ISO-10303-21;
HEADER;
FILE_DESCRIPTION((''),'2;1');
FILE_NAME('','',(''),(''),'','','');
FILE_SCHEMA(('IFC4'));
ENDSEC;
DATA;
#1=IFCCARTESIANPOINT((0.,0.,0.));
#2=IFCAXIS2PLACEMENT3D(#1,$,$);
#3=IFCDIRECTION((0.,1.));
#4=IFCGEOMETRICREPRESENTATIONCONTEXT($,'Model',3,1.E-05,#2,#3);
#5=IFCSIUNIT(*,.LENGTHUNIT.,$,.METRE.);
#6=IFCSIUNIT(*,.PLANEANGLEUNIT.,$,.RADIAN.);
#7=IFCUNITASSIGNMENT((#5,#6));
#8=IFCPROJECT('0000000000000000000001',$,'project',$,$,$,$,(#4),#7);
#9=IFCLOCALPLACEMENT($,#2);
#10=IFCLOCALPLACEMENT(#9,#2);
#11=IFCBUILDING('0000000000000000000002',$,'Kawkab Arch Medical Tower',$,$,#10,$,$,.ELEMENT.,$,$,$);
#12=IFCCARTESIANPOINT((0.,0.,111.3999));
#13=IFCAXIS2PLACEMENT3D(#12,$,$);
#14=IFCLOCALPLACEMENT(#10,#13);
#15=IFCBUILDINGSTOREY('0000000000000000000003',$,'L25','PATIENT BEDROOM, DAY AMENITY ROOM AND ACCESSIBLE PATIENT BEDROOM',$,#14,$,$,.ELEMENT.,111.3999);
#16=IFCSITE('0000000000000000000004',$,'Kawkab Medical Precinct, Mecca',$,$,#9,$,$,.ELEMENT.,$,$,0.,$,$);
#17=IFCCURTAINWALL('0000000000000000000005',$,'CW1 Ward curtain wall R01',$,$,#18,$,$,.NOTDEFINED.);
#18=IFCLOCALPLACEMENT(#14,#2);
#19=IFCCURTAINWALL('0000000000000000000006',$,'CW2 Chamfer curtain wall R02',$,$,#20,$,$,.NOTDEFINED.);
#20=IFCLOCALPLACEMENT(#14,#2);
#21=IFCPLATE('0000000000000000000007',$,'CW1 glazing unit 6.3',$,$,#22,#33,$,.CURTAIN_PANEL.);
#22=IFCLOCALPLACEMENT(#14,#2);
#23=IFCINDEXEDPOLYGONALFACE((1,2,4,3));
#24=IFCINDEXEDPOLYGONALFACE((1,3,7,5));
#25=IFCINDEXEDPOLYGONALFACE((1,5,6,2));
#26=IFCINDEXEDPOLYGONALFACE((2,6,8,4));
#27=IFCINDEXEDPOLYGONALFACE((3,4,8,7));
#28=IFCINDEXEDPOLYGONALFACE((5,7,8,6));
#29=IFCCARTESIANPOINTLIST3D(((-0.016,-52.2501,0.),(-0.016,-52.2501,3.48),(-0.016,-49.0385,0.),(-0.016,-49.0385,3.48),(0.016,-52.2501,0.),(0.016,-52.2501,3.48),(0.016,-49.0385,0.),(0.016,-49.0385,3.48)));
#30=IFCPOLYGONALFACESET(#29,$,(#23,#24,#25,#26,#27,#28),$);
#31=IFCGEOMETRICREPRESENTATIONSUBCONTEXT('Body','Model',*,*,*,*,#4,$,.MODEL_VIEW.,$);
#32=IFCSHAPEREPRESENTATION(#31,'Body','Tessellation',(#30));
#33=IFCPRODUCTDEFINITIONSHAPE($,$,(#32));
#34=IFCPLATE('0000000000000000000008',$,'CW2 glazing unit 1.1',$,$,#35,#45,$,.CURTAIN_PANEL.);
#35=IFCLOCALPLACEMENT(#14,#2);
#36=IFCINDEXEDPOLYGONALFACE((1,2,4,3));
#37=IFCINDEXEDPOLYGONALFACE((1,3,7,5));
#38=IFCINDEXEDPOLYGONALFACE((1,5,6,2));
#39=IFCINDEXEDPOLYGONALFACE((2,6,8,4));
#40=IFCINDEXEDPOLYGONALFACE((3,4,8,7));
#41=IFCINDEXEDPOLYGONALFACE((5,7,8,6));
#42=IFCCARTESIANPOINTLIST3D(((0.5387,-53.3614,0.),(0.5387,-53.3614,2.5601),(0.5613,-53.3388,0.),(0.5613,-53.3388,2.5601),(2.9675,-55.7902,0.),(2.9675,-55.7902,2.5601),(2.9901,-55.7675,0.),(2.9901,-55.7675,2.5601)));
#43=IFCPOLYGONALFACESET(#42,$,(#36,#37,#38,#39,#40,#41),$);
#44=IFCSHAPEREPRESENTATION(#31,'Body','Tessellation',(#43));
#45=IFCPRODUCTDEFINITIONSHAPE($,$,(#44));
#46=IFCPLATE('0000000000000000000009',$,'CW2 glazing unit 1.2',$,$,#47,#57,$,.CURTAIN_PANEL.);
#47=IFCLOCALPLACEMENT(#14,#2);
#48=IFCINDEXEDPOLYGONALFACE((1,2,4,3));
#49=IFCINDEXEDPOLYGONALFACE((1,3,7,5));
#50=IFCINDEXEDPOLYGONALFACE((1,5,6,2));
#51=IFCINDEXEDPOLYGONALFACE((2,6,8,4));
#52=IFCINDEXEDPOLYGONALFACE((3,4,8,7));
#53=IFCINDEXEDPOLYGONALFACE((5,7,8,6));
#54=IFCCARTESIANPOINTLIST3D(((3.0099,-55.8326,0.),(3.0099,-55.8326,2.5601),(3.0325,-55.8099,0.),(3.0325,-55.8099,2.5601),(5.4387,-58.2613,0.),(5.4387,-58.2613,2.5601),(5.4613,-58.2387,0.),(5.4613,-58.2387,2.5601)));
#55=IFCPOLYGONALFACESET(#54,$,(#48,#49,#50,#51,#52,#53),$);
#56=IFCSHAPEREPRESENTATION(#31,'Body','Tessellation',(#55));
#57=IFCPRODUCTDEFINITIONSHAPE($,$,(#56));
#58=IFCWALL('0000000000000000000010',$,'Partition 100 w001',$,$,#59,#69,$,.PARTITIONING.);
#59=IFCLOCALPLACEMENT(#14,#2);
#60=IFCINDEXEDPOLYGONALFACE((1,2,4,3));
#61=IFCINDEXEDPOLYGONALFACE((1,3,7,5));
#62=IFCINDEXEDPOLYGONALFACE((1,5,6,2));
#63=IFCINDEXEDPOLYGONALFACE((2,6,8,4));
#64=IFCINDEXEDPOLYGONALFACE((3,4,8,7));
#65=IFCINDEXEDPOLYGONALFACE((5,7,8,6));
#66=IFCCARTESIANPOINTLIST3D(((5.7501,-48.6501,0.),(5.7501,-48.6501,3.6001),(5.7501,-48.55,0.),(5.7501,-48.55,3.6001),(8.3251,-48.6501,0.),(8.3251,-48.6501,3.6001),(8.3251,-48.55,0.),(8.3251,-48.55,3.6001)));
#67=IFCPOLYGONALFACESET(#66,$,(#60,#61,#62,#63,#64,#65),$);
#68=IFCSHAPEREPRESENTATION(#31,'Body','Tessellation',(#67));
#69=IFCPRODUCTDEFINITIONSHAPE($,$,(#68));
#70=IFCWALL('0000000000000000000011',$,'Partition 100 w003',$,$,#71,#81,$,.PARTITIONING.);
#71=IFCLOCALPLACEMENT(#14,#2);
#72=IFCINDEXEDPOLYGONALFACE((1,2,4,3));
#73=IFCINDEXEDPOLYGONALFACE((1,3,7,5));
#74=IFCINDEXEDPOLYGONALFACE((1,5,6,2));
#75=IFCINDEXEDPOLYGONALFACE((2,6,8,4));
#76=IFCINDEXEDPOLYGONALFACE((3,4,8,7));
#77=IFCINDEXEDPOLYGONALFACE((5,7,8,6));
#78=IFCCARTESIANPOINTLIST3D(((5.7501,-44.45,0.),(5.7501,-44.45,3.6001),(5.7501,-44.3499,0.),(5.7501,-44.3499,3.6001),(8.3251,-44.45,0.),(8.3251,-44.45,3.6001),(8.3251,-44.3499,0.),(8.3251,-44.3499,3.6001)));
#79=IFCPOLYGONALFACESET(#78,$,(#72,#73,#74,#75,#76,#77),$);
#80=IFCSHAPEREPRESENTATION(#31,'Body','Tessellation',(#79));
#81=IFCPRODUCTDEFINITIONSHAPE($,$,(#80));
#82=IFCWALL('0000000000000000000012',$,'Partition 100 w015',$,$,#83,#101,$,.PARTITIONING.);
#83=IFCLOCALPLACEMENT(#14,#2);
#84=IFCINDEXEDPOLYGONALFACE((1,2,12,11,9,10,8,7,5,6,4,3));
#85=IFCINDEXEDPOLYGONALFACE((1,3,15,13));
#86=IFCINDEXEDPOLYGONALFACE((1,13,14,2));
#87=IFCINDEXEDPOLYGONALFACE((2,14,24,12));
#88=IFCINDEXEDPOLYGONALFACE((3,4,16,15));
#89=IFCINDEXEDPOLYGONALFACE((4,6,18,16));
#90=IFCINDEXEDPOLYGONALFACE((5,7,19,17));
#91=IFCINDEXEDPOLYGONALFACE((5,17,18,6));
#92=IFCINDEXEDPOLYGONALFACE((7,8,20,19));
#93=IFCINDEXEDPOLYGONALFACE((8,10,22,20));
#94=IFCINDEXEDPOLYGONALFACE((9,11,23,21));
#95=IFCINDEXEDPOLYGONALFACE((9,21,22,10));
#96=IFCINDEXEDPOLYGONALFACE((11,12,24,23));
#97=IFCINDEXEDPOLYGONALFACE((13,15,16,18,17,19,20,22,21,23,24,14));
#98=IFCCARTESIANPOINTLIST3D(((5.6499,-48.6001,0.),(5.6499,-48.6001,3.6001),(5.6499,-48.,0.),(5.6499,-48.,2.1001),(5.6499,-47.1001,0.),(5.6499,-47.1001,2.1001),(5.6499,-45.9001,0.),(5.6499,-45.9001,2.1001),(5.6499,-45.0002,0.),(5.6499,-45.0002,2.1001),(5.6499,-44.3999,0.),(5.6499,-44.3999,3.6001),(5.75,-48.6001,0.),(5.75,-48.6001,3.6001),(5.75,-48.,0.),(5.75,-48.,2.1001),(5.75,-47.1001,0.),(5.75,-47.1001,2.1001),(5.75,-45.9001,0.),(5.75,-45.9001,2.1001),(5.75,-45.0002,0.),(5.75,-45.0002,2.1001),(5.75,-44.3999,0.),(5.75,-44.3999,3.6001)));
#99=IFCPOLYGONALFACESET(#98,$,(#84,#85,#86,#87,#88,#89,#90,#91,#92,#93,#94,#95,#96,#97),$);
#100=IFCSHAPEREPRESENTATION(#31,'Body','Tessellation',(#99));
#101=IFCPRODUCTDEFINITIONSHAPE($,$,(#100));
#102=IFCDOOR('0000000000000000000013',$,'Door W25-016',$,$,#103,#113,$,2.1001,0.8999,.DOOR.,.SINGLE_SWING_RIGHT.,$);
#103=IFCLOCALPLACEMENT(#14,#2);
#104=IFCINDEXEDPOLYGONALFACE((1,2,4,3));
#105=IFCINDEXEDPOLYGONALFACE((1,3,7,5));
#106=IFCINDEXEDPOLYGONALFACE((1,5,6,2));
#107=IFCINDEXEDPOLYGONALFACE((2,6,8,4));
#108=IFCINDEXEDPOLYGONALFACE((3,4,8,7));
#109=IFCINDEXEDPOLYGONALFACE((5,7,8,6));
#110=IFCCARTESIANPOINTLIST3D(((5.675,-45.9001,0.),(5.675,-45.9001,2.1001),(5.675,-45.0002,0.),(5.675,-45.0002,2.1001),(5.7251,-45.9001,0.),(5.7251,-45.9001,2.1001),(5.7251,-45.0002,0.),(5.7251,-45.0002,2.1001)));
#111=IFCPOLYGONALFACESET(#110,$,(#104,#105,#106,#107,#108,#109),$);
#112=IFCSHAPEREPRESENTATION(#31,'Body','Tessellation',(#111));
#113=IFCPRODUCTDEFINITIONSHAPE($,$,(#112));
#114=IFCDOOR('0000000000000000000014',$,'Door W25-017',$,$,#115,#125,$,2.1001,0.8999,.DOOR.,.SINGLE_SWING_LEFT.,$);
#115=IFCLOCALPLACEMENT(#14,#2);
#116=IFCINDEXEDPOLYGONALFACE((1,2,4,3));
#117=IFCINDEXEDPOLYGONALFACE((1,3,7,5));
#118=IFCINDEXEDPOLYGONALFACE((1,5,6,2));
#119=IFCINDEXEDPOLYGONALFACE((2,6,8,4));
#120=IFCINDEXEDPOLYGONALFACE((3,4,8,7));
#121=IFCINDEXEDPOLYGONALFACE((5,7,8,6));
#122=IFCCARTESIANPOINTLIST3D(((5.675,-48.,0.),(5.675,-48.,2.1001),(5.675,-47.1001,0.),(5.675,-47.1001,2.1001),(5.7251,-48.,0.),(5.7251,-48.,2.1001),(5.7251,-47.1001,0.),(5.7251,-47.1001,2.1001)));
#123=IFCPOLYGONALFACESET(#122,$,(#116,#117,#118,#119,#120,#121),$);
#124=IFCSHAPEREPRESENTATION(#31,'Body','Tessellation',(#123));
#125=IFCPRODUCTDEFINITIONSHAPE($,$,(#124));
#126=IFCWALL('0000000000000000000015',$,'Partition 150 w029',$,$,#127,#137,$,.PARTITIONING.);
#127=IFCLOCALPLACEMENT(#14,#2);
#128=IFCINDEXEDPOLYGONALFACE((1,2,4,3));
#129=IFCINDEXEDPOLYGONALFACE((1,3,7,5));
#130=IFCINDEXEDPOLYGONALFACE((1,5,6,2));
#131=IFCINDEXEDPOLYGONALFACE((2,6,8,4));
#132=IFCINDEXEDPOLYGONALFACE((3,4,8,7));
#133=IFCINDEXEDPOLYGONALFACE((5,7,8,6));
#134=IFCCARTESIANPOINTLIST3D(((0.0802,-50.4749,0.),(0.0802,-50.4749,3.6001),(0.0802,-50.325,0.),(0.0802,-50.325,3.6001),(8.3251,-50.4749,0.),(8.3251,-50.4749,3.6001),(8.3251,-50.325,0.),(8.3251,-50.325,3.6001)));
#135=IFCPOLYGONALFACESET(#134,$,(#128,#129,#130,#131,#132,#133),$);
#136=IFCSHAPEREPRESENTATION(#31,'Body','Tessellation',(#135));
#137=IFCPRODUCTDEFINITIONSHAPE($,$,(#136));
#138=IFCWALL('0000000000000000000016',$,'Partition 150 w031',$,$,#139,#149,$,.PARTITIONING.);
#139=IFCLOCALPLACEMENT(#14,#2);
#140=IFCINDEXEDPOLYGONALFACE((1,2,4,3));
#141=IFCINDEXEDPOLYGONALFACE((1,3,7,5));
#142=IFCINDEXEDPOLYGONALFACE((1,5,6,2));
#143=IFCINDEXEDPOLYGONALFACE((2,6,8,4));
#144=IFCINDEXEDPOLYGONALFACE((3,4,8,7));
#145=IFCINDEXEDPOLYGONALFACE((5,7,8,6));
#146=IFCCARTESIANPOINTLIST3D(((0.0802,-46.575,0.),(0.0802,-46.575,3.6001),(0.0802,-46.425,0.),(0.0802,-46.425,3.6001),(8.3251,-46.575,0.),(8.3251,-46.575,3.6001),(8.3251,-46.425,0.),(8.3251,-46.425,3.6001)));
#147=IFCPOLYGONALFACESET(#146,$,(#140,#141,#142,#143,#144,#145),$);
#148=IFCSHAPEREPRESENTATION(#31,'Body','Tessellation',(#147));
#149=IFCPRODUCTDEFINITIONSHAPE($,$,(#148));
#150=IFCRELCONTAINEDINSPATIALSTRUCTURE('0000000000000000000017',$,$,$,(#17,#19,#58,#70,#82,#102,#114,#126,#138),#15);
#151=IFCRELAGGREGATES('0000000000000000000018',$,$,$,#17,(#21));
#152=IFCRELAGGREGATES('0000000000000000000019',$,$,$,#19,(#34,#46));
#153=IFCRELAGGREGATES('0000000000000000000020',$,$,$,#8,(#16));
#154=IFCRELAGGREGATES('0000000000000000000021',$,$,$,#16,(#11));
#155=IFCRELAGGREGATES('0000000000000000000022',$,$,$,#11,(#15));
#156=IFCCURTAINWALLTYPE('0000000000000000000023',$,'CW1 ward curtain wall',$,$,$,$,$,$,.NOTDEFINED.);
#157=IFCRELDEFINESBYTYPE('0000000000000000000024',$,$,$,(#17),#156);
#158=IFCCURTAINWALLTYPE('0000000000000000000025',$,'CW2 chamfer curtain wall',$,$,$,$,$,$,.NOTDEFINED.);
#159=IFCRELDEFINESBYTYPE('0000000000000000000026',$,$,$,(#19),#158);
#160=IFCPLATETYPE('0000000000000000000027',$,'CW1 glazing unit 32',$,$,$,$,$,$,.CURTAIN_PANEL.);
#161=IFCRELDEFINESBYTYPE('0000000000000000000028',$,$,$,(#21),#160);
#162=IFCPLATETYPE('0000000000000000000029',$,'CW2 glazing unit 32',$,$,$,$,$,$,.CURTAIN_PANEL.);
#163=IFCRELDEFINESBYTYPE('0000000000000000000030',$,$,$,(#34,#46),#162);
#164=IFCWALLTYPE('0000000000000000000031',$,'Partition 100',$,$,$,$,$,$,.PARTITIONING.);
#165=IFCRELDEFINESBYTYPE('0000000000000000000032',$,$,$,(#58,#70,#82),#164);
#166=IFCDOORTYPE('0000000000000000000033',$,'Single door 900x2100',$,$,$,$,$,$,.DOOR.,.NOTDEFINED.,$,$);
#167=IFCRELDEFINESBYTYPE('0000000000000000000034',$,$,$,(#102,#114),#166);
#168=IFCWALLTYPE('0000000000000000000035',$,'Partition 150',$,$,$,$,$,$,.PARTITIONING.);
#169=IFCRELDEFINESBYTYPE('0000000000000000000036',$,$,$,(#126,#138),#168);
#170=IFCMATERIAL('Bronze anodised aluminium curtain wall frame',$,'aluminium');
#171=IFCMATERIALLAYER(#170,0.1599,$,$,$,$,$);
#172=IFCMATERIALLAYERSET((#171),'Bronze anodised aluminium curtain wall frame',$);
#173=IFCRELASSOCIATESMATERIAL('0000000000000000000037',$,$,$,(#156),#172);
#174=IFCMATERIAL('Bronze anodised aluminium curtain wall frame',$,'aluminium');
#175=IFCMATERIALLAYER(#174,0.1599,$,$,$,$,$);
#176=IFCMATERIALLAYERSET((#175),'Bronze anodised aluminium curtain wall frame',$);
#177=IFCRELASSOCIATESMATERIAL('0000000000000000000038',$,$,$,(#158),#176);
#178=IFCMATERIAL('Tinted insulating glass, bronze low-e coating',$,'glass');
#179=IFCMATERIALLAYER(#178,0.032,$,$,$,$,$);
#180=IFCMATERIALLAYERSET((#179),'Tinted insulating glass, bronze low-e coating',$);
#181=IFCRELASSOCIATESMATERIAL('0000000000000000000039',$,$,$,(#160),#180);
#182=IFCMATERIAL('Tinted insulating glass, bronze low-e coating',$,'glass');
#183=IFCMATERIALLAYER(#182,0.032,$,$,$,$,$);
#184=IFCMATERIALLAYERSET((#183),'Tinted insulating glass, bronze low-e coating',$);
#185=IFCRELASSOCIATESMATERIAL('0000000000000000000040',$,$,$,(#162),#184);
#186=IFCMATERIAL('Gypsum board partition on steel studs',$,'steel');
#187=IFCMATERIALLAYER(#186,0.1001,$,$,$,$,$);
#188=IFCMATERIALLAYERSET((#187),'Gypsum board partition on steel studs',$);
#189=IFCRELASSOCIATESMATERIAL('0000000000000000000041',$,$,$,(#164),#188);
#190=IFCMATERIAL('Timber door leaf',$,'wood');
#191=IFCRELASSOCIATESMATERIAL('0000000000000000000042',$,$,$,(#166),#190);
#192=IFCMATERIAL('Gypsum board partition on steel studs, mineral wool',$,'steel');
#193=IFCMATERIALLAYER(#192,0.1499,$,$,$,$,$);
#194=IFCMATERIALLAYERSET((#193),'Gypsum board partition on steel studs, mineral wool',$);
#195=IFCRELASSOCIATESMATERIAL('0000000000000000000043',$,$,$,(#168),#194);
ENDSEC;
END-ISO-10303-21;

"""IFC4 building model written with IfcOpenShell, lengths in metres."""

from ifc_helpers import new_model, si_unit, direction, frame, frame_2d, origin, origin_2d, place, context, subcontext, project, spatial, rectangle, extrude, material, layer, layer_set, type_object, element, fill, aggregate, save


model = new_model("IFC4")

# Units and contexts
model_context = context("Model", 3, precision=1e-05, world=origin(), true_north=direction((0.0, 1.0)))
body_context = subcontext(model_context, "Body", "Model", "MODEL_VIEW")
ifc_project = project(units=[si_unit("LENGTHUNIT", "METRE"), si_unit("PLANEANGLEUNIT", "RADIAN")], contexts=[model_context])

# Site, building, storey
site_placement = place(None, origin())
site = spatial("IfcSite", under=ifc_project, at=site_placement, Name="Kawkab Medical Precinct, Mecca", CompositionType="ELEMENT", RefElevation=0.0)
building_placement = place(site_placement, origin())
building = spatial("IfcBuilding", under=site, at=building_placement, Name="Kawkab Arch Medical Tower", CompositionType="ELEMENT")
storey_placement = place(building_placement, frame((0.0, 0.0, 111.3999)))
storey = spatial("IfcBuildingStorey", under=building, at=storey_placement, Name="L25", Description="PATIENT BEDROOM, DAY AMENITY ROOM AND ACCESSIBLE PATIENT BEDROOM", CompositionType="ELEMENT", Elevation=111.3999)

# Curtain wall
ifc_material_1 = material(Name="Bronze anodised aluminium curtain wall frame", Category="aluminium")
ifc_layer_1 = layer(ifc_material_1, 0.1599)
ifc_layer_set_1 = layer_set([ifc_layer_1], Name="Bronze anodised aluminium curtain wall frame")
curtain_wall_type_1 = type_object("IfcCurtainWallType", Name="CW1 ward curtain wall", PredefinedType="NOTDEFINED", material=ifc_layer_set_1)
placement = place(storey_placement, origin())
curtain_wall_1 = element("IfcCurtainWall", 1, at=placement, inside=storey, type_object=curtain_wall_type_1, Name="CW1 Ward curtain wall R01", PredefinedType="NOTDEFINED")

# Curtain wall
ifc_material_2 = material(Name="Bronze anodised aluminium curtain wall frame", Category="aluminium")
ifc_layer_2 = layer(ifc_material_2, 0.1599)
ifc_layer_set_2 = layer_set([ifc_layer_2], Name="Bronze anodised aluminium curtain wall frame")
curtain_wall_type_2 = type_object("IfcCurtainWallType", Name="CW2 chamfer curtain wall", PredefinedType="NOTDEFINED", material=ifc_layer_set_2)
curtain_wall_2 = element("IfcCurtainWall", 2, at=placement, inside=storey, type_object=curtain_wall_type_2, Name="CW2 Chamfer curtain wall R02", PredefinedType="NOTDEFINED")

# Plates
ifc_material_3 = material(Name="Tinted insulating glass, bronze low-e coating", Category="glass")
ifc_layer_3 = layer(ifc_material_3, 0.032)
ifc_layer_set_3 = layer_set([ifc_layer_3], Name="Tinted insulating glass, bronze low-e coating")
plate_type_1 = type_object("IfcPlateType", Name="CW1 glazing unit 32", PredefinedType="CURTAIN_PANEL", material=ifc_layer_set_3)
plate_1_placement = place(storey_placement, frame((0.0, -50.6443, 0.0), z_axis=(0.0, 0.0, 1.0), x_axis=(0.0, -1.0, 0.0)))
plate_1 = element("IfcPlate", 3, at=plate_1_placement, type_object=plate_type_1, Name="CW1 glazing unit 6.3", PredefinedType="CURTAIN_PANEL", context=body_context, shape_type="SweptSolid", body=[
    extrude(rectangle(XDim=3.2117, YDim=0.032, at=origin_2d()), origin(), (0.0, 0.0, 1.0), 3.48),
])
aggregate(curtain_wall_1, [plate_1])
ifc_material_4 = material(Name="Tinted insulating glass, bronze low-e coating", Category="glass")
ifc_layer_4 = layer(ifc_material_4, 0.032)
ifc_layer_set_4 = layer_set([ifc_layer_4], Name="Tinted insulating glass, bronze low-e coating")
plate_type_2 = type_object("IfcPlateType", Name="CW2 glazing unit 32", PredefinedType="CURTAIN_PANEL", material=ifc_layer_set_4)
plate_2_placement = place(storey_placement, frame((1.7644, -54.5645, 0.0), z_axis=(0.0, 0.0, 1.0), x_axis=(0.707107, -0.707107, 0.0)))
plate_2 = element("IfcPlate", 4, at=plate_2_placement, type_object=plate_type_2, Name="CW2 glazing unit 1.1", PredefinedType="CURTAIN_PANEL", context=body_context, shape_type="SweptSolid", body=[
    extrude(rectangle(XDim=3.4348, YDim=0.032, at=origin_2d()), origin(), (0.0, 0.0, 1.0), 2.5601),
])
plate_3_placement = place(storey_placement, frame((4.2356, -57.0356, 0.0), z_axis=(0.0, 0.0, 1.0), x_axis=(0.707107, -0.707107, 0.0)))
plate_3 = element("IfcPlate", 5, at=plate_3_placement, type_object=plate_type_2, Name="CW2 glazing unit 1.2", PredefinedType="CURTAIN_PANEL", context=body_context, shape_type="SweptSolid", body=[
    extrude(rectangle(XDim=3.4348, YDim=0.032, at=origin_2d()), origin(), (0.0, 0.0, 1.0), 2.5601),
])
aggregate(curtain_wall_2, [plate_2, plate_3])

# Walls
ifc_material_5 = material(Name="Gypsum board partition on steel studs", Category="steel")
ifc_layer_5 = layer(ifc_material_5, 0.1001)
ifc_layer_set_5 = layer_set([ifc_layer_5], Name="Gypsum board partition on steel studs")
wall_type_1 = type_object("IfcWallType", Name="Partition 100", PredefinedType="PARTITIONING", material=ifc_layer_set_5)
for number, where, z_axis, x_axis, name in (
    (6, (5.75, -48.6001, 0.0), (0.0, 0.0, 1.0), (1.0, 0.0, 0.0), "Partition 100 w001"),
    (7, (5.75, -44.3999, 0.0), (0.0, 0.0, 1.0), (1.0, 0.0, 0.0), "Partition 100 w003"),
):
    element("IfcWall", number, at=place(storey_placement, frame(where, z_axis=z_axis, x_axis=x_axis)), inside=storey, type_object=wall_type_1, Name=name, PredefinedType="PARTITIONING", context=body_context, shape_type="SweptSolid", body=[
        extrude(rectangle(XDim=2.575, YDim=0.1001, at=frame_2d((1.2876, 0.0))), origin(), (0.0, 0.0, 1.0), 3.6001),
    ])

# Wall, openings, doors
wall_1_placement = place(storey_placement, frame((5.7, -48.6001, 0.0), z_axis=(0.0, 0.0, 1.0), x_axis=(0.0, 1.0, 0.0)))
wall_1 = element("IfcWall", 8, at=wall_1_placement, inside=storey, type_object=wall_type_1, Name="Partition 100 w015", PredefinedType="PARTITIONING", context=body_context, shape_type="SweptSolid", body=[
    extrude(rectangle(XDim=4.2002, YDim=0.1001, at=frame_2d((2.1001, 0.0))), origin(), (0.0, 0.0, 1.0), 3.6001),
])
opening_1_placement = place(wall_1_placement, frame((2.7, 0.0, 0.0)))
opening_1 = element("IfcOpeningElement", 9, at=opening_1_placement, cuts=wall_1, PredefinedType="OPENING", context=body_context, shape_type="SweptSolid", body=[
    extrude(rectangle(XDim=0.8999, YDim=2.1001, at=frame_2d((0.45, 1.05))), frame((0.0, 0.0601, 0.0), z_axis=(0.0, -1.0, 0.0), x_axis=(1.0, 0.0, 0.0)), (0.0, 0.0, 1.0), 0.1201),
])
opening_2_placement = place(wall_1_placement, frame((0.6001, 0.0, 0.0)))
opening_2 = element("IfcOpeningElement", 10, at=opening_2_placement, cuts=wall_1, PredefinedType="OPENING", context=body_context, shape_type="SweptSolid", body=[
    extrude(rectangle(XDim=0.8999, YDim=2.1001, at=frame_2d((0.45, 1.05))), frame((0.0, 0.0601, 0.0), z_axis=(0.0, -1.0, 0.0), x_axis=(1.0, 0.0, 0.0)), (0.0, 0.0, 1.0), 0.1201),
])
ifc_material_6 = material(Name="Timber door leaf", Category="wood")
door_type_1 = type_object("IfcDoorType", Name="Single door 900x2100", OperationType="NOTDEFINED", PredefinedType="DOOR", material=ifc_material_6)
door_1_placement = place(opening_1_placement, origin())
door_1 = element("IfcDoor", 11, at=door_1_placement, inside=storey, type_object=door_type_1, Name="Door W25-016", OperationType="SINGLE_SWING_RIGHT", OverallHeight=2.1001, OverallWidth=0.8999, PredefinedType="DOOR", context=body_context, shape_type="SweptSolid", body=[
    extrude(rectangle(XDim=0.8999, YDim=2.1001, at=frame_2d((0.45, 1.05))), frame((0.0, 0.0249, 0.0), z_axis=(0.0, -1.0, 0.0), x_axis=(1.0, 0.0, 0.0)), (0.0, 0.0, 1.0), 0.05),
])
fill(opening_1, door_1)
door_2_placement = place(opening_2_placement, origin())
door_2 = element("IfcDoor", 12, at=door_2_placement, inside=storey, type_object=door_type_1, Name="Door W25-017", OperationType="SINGLE_SWING_LEFT", OverallHeight=2.1001, OverallWidth=0.8999, PredefinedType="DOOR", context=body_context, shape_type="SweptSolid", body=[
    extrude(rectangle(XDim=0.8999, YDim=2.1001, at=frame_2d((0.45, 1.05))), frame((0.0, 0.0249, 0.0), z_axis=(0.0, -1.0, 0.0), x_axis=(1.0, 0.0, 0.0)), (0.0, 0.0, 1.0), 0.05),
])
fill(opening_2, door_2)

# Walls
ifc_material_7 = material(Name="Gypsum board partition on steel studs, mineral wool", Category="steel")
ifc_layer_6 = layer(ifc_material_7, 0.1499)
ifc_layer_set_6 = layer_set([ifc_layer_6], Name="Gypsum board partition on steel studs, mineral wool")
wall_type_2 = type_object("IfcWallType", Name="Partition 150", PredefinedType="PARTITIONING", material=ifc_layer_set_6)
for number, where, z_axis, x_axis, name in (
    (13, (0.0801, -50.3999, 0.0), (0.0, 0.0, 1.0), (1.0, 0.0, 0.0), "Partition 150 w029"),
    (14, (0.0801, -46.5, 0.0), (0.0, 0.0, 1.0), (1.0, 0.0, 0.0), "Partition 150 w031"),
):
    element("IfcWall", number, at=place(storey_placement, frame(where, z_axis=z_axis, x_axis=x_axis)), inside=storey, type_object=wall_type_2, Name=name, PredefinedType="PARTITIONING", context=body_context, shape_type="SweptSolid", body=[
        extrude(rectangle(XDim=8.2449, YDim=0.1499, at=frame_2d((4.1226, 0.0))), origin(), (0.0, 0.0, 1.0), 3.6001),
    ])

save(model, "model.ifc")
